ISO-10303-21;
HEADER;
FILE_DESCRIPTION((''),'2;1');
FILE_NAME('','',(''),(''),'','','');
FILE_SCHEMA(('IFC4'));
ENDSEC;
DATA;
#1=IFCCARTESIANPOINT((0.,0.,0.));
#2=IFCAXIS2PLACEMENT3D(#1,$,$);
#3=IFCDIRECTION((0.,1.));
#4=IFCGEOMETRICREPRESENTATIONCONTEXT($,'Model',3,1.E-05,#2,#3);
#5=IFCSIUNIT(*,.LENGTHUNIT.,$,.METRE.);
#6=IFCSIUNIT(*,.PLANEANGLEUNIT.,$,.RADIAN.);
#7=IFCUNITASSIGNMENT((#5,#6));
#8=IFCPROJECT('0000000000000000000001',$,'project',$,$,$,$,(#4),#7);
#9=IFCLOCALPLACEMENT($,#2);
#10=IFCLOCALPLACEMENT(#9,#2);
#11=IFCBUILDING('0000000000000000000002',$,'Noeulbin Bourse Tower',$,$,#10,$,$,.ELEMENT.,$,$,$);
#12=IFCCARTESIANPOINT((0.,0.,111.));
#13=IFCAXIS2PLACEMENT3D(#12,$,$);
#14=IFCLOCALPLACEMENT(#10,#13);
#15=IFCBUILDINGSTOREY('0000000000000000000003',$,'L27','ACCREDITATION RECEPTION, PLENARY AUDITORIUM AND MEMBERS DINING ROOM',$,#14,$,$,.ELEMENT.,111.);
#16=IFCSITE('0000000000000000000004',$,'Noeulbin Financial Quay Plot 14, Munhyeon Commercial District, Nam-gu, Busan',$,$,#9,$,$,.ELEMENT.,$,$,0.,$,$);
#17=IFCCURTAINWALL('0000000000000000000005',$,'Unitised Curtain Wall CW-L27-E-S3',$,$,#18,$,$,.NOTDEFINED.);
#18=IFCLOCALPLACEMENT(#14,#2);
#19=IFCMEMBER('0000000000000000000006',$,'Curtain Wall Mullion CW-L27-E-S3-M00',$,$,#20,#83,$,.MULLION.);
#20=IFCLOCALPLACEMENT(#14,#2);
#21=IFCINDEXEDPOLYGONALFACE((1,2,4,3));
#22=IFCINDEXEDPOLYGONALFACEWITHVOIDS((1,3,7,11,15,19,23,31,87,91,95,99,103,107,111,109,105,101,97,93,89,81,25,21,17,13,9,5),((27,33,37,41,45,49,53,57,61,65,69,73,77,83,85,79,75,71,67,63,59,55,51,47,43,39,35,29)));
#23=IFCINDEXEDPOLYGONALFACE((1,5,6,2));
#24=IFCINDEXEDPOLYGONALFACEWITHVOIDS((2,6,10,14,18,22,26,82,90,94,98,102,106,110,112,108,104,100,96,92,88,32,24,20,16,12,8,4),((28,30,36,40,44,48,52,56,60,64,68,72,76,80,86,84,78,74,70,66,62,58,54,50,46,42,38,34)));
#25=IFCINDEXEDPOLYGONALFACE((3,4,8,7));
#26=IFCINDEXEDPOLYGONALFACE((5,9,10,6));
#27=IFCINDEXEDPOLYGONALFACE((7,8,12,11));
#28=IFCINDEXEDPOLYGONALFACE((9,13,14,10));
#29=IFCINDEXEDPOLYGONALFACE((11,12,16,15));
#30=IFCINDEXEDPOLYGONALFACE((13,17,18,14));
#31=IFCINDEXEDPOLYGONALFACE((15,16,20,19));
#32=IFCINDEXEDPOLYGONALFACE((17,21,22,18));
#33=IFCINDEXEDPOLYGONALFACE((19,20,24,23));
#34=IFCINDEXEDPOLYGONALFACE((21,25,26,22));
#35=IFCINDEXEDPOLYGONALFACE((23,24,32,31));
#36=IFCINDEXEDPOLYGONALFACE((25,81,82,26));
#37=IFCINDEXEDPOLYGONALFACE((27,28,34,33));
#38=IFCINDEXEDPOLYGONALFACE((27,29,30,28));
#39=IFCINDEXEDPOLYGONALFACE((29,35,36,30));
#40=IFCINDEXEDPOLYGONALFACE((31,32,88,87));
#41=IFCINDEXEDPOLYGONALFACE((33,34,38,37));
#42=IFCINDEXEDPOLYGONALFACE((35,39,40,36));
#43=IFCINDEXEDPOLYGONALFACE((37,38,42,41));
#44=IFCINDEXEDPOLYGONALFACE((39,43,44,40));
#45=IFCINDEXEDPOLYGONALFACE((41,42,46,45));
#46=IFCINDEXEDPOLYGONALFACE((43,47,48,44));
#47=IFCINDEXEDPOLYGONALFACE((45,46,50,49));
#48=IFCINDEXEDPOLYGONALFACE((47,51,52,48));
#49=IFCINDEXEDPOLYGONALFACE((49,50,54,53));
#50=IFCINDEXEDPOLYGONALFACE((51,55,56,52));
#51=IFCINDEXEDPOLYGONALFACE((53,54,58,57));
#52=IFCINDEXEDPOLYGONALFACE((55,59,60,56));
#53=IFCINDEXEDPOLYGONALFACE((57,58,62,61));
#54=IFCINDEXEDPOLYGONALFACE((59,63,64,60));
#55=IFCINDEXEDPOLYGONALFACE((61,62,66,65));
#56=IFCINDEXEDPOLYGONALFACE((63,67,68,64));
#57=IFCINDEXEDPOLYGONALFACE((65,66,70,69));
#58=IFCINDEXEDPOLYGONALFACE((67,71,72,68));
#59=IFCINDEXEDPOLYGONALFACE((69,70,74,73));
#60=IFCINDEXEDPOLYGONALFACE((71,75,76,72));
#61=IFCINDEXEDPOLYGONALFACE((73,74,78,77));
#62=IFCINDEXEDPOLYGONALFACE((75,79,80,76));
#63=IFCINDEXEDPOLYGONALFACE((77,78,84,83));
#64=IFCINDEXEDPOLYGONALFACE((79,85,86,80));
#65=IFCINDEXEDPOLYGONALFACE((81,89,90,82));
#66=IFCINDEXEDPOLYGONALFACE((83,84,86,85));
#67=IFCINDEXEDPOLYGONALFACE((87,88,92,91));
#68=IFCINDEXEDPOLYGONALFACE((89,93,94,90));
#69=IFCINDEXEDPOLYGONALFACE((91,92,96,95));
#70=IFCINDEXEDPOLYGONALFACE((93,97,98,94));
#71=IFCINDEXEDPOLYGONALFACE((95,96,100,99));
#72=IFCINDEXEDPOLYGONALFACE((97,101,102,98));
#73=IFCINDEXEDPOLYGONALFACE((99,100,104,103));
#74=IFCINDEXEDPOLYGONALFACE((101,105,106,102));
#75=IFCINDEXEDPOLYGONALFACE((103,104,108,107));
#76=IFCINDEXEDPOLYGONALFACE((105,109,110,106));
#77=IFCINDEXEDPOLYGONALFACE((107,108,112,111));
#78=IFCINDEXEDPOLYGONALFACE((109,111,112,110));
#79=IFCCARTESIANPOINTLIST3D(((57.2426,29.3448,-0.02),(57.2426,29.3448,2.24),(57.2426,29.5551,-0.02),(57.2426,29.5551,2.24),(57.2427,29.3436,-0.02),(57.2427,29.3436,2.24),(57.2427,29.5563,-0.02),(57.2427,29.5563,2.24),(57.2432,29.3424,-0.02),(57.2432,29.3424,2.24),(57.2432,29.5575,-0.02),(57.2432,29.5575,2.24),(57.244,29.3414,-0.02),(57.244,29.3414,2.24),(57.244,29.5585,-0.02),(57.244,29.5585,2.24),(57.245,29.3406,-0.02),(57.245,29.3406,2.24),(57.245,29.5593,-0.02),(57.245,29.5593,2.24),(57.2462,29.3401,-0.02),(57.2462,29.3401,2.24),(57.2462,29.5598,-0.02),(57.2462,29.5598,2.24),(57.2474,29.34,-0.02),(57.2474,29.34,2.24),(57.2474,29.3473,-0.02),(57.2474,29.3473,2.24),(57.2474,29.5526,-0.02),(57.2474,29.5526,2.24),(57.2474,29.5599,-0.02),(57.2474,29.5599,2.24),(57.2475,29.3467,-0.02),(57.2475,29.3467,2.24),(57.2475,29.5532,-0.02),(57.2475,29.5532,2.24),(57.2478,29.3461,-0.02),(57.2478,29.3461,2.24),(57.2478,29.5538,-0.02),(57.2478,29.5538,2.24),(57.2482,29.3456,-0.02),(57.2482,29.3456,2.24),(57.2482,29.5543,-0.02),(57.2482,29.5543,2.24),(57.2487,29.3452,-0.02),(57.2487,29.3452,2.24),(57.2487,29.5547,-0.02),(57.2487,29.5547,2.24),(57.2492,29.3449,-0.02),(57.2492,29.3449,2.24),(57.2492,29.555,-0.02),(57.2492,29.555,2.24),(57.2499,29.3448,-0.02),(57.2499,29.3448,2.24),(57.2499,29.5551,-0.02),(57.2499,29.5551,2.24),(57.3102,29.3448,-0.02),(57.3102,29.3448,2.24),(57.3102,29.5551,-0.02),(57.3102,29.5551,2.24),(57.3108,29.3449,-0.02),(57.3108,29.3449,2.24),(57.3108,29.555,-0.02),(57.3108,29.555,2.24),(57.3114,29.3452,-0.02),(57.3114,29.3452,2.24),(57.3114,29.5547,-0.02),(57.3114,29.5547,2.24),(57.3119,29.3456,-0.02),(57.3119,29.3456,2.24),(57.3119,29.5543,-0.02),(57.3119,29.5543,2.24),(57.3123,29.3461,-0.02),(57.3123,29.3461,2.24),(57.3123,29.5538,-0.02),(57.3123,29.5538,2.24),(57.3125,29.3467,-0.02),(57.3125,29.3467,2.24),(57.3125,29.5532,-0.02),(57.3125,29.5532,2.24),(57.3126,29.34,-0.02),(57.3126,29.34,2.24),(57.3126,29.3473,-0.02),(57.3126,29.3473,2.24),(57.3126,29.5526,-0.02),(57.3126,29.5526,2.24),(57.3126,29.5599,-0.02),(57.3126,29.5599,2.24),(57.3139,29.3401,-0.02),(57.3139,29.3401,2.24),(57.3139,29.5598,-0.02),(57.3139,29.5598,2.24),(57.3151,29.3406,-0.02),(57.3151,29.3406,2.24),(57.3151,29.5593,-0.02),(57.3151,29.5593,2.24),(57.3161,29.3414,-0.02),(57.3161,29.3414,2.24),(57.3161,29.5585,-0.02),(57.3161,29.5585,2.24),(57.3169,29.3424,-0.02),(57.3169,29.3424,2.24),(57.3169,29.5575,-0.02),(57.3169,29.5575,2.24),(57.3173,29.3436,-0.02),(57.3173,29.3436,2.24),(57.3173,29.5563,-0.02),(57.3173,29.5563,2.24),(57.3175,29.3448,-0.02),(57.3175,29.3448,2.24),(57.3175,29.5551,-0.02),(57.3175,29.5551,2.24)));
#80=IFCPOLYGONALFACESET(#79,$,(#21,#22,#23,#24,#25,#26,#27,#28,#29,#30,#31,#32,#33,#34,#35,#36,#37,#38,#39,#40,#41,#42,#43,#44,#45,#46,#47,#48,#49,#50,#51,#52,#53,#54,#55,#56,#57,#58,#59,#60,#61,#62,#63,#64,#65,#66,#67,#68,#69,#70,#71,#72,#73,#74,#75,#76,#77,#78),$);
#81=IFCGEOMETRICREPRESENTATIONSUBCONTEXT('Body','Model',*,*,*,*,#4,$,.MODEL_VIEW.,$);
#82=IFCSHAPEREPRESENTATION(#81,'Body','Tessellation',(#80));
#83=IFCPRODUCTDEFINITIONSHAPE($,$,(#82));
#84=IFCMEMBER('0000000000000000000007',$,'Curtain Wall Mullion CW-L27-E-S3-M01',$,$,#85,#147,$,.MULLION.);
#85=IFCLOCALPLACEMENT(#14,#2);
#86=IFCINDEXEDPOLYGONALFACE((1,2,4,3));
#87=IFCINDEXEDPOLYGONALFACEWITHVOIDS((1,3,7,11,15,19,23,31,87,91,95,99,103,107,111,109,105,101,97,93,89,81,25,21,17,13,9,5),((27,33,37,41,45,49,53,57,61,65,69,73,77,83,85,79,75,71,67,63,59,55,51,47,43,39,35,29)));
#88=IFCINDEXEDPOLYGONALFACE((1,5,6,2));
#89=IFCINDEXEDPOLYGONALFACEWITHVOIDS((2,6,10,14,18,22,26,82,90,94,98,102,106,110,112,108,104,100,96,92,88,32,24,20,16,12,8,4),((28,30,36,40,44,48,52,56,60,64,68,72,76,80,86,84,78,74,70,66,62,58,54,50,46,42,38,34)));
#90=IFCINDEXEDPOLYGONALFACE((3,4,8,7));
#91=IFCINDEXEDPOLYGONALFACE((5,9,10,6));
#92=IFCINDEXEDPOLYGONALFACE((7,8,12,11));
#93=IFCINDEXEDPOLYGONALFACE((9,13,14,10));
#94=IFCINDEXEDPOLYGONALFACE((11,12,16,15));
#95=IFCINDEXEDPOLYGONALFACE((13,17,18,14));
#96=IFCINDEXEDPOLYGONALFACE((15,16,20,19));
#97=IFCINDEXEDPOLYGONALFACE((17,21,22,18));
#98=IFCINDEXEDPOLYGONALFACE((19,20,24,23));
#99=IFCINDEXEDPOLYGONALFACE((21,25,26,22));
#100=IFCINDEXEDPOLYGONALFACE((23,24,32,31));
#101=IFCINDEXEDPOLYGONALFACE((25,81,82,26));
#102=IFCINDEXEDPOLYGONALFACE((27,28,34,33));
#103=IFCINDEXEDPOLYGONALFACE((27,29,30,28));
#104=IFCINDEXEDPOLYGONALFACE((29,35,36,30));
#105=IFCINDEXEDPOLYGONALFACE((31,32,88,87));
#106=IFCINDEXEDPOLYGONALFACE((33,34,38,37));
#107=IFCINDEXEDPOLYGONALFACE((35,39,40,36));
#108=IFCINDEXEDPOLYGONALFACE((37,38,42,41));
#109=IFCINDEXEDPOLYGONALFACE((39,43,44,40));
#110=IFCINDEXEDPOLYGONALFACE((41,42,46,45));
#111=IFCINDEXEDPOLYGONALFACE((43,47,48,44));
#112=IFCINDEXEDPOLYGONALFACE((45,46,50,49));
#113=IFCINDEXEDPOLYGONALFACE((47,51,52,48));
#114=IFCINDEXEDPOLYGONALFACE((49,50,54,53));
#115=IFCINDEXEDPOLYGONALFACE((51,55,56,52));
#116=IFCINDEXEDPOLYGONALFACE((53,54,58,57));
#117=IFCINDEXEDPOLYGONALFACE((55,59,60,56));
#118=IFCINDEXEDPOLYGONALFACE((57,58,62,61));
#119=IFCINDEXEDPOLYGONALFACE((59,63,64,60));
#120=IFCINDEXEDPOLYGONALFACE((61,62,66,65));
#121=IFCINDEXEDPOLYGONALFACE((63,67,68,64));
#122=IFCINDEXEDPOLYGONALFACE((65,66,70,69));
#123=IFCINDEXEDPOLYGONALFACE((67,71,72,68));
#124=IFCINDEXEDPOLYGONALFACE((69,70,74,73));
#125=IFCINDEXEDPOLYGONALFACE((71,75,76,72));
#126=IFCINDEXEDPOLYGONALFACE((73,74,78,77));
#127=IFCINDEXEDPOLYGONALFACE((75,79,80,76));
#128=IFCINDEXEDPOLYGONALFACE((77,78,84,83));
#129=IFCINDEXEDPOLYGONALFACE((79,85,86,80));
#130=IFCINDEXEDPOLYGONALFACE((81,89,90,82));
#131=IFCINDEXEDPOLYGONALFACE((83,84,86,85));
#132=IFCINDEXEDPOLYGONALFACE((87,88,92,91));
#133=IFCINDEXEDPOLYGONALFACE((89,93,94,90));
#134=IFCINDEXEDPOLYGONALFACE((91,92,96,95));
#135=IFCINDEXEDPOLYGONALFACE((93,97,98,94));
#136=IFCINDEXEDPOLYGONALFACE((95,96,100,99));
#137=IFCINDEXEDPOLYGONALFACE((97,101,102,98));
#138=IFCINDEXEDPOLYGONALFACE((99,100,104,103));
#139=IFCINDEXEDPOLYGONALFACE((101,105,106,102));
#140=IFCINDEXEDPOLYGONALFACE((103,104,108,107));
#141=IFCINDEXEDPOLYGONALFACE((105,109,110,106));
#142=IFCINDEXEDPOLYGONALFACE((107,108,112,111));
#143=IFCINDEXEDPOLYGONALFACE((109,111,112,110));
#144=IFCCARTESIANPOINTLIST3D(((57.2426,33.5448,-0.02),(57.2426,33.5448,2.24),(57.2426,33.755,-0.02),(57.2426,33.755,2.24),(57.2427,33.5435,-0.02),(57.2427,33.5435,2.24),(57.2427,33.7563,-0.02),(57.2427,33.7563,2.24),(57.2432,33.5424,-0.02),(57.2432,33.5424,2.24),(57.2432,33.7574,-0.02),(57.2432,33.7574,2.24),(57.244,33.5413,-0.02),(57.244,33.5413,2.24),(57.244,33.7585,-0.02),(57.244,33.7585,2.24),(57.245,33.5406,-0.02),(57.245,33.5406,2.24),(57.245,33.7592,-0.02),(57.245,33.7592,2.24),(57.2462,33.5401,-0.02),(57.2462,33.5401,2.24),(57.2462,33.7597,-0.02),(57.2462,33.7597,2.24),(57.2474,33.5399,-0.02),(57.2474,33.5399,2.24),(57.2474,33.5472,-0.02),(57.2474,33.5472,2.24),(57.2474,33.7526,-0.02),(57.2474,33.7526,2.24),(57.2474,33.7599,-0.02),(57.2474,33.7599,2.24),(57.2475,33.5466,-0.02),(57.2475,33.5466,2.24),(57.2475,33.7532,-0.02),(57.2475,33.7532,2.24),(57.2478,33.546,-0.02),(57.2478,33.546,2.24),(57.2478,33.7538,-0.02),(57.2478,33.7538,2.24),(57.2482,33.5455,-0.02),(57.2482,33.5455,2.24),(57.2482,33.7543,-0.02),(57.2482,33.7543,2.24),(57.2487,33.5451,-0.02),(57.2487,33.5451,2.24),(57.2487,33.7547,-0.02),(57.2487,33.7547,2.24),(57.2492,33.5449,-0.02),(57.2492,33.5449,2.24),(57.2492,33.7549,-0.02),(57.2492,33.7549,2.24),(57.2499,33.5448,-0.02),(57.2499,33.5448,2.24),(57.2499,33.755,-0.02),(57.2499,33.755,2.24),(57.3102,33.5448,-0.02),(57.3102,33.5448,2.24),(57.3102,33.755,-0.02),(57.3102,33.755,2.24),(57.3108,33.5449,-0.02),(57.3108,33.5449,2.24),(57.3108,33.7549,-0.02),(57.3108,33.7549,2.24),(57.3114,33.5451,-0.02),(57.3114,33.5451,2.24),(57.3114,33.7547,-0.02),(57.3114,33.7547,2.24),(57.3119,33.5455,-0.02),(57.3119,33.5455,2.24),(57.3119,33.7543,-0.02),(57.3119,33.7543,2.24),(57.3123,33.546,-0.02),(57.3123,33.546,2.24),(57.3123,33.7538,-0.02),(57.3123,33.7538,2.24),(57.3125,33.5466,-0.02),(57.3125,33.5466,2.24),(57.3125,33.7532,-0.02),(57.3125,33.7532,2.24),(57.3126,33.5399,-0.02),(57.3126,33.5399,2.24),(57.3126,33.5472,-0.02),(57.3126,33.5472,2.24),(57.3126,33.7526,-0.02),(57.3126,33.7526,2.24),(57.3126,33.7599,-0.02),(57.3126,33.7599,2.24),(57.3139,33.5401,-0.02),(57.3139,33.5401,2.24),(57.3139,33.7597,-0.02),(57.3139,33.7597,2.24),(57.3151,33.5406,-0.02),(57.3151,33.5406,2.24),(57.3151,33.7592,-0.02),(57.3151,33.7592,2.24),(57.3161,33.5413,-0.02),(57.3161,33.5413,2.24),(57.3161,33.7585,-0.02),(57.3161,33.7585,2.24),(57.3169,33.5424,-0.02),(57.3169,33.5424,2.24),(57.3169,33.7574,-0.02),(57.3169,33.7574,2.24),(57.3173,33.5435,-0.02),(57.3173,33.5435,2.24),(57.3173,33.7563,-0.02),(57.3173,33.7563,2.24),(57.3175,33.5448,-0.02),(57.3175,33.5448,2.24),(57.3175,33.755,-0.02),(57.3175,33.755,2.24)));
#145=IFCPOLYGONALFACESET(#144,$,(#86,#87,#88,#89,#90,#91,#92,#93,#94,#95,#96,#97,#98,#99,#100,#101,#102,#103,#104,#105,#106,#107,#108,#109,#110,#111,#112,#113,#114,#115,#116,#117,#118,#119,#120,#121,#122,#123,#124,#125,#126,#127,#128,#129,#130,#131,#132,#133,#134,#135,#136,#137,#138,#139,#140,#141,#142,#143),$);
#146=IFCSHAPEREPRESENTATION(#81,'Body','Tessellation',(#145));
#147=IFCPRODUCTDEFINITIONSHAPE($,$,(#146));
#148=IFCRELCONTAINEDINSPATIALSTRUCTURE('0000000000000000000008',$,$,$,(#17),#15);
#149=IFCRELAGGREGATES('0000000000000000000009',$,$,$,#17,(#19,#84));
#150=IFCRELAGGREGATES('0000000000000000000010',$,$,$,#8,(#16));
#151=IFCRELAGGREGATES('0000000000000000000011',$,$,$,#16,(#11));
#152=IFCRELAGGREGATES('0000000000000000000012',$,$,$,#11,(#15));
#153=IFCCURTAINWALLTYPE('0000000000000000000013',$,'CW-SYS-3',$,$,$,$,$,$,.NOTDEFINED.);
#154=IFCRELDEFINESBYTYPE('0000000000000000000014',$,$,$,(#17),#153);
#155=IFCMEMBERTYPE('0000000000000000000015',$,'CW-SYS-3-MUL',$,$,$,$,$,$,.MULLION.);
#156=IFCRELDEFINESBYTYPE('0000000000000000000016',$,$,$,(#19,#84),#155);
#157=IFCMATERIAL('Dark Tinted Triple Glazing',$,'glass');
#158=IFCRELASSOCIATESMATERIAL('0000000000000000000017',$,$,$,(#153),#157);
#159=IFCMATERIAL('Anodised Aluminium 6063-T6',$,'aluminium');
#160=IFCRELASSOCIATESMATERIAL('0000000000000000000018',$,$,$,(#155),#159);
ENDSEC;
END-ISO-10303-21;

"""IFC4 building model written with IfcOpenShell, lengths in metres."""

from ifc_helpers import new_model, si_unit, direction, frame, origin, origin_2d, place, context, subcontext, project, spatial, hollow_rectangle, extrude, material, material_profile, profile_set, type_object, element, aggregate, save


model = new_model("IFC4")

# Units and contexts
model_context = context("Model", 3, precision=1e-05, world=origin(), true_north=direction((0.0, 1.0)))
body_context = subcontext(model_context, "Body", "Model", "MODEL_VIEW")
ifc_project = project(units=[si_unit("LENGTHUNIT", "METRE"), si_unit("PLANEANGLEUNIT", "RADIAN")], contexts=[model_context])

# Site, building, storey
site_placement = place(None, origin())
site = spatial("IfcSite", under=ifc_project, at=site_placement, Name="Noeulbin Financial Quay Plot 14, Munhyeon Commercial District, Nam-gu, Busan", CompositionType="ELEMENT", RefElevation=0.0)
building_placement = place(site_placement, origin())
building = spatial("IfcBuilding", under=site, at=building_placement, Name="Noeulbin Bourse Tower", CompositionType="ELEMENT")
storey_placement = place(building_placement, frame((0.0, 0.0, 111.0)))
storey = spatial("IfcBuildingStorey", under=building, at=storey_placement, Name="L27", Description="ACCREDITATION RECEPTION, PLENARY AUDITORIUM AND MEMBERS DINING ROOM", CompositionType="ELEMENT", Elevation=111.0)

# Curtain wall, members
ifc_material_1 = material(Name="Dark Tinted Triple Glazing", Category="glass")
curtain_wall_type = type_object("IfcCurtainWallType", Name="CW-SYS-3", PredefinedType="NOTDEFINED", material=ifc_material_1)
ifc_material_2 = material(Name="Anodised Aluminium 6063-T6", Category="aluminium")
ifc_material_profile_1 = material_profile(ifc_material_2, hollow_rectangle(XDim=0.075, YDim=0.22, WallThickness=0.0049, InnerFilletRadius=0.0024, OuterFilletRadius=0.0049, at=origin_2d()), Name="ALU-MULL-75x220x5", Category="LoadBearing")
ifc_profile_set_1 = profile_set([ifc_material_profile_1], Name="Anodised Aluminium 6063-T6")
member_type_1 = type_object("IfcMemberType", Name="CW-SYS-3-MUL", PredefinedType="MULLION", material=ifc_profile_set_1)
curtain_wall_1_placement = place(storey_placement, origin())
curtain_wall_1 = element("IfcCurtainWall", 1, at=curtain_wall_1_placement, inside=storey, type_object=curtain_wall_type, Name="Unitised Curtain Wall CW-L27-E-S3", PredefinedType="NOTDEFINED")
member_1_placement = place(storey_placement, frame((57.28, 29.45, -0.02), z_axis=(0.0, 0.0, 1.0), x_axis=(1.0, 0.0, 0.0)))
member_1 = element("IfcMember", 2, at=member_1_placement, type_object=member_type_1, Name="Curtain Wall Mullion CW-L27-E-S3-M00", PredefinedType="MULLION", context=body_context, shape_type="SweptSolid", body=[
    extrude(hollow_rectangle(XDim=0.075, YDim=0.22, WallThickness=0.0049, InnerFilletRadius=0.0024, OuterFilletRadius=0.0049, at=origin_2d()), origin(), (0.0, 0.0, 1.0), 2.26),
])
member_2_placement = place(storey_placement, frame((57.28, 33.6499, -0.02), z_axis=(0.0, 0.0, 1.0), x_axis=(1.0, 0.0, 0.0)))
member_2 = element("IfcMember", 3, at=member_2_placement, type_object=member_type_1, Name="Curtain Wall Mullion CW-L27-E-S3-M01", PredefinedType="MULLION", context=body_context, shape_type="SweptSolid", body=[
    extrude(hollow_rectangle(XDim=0.075, YDim=0.22, WallThickness=0.0049, InnerFilletRadius=0.0024, OuterFilletRadius=0.0049, at=origin_2d()), origin(), (0.0, 0.0, 1.0), 2.26),
])

aggregate(curtain_wall_1, [member_1, member_2])

save(model, "model.ifc")
